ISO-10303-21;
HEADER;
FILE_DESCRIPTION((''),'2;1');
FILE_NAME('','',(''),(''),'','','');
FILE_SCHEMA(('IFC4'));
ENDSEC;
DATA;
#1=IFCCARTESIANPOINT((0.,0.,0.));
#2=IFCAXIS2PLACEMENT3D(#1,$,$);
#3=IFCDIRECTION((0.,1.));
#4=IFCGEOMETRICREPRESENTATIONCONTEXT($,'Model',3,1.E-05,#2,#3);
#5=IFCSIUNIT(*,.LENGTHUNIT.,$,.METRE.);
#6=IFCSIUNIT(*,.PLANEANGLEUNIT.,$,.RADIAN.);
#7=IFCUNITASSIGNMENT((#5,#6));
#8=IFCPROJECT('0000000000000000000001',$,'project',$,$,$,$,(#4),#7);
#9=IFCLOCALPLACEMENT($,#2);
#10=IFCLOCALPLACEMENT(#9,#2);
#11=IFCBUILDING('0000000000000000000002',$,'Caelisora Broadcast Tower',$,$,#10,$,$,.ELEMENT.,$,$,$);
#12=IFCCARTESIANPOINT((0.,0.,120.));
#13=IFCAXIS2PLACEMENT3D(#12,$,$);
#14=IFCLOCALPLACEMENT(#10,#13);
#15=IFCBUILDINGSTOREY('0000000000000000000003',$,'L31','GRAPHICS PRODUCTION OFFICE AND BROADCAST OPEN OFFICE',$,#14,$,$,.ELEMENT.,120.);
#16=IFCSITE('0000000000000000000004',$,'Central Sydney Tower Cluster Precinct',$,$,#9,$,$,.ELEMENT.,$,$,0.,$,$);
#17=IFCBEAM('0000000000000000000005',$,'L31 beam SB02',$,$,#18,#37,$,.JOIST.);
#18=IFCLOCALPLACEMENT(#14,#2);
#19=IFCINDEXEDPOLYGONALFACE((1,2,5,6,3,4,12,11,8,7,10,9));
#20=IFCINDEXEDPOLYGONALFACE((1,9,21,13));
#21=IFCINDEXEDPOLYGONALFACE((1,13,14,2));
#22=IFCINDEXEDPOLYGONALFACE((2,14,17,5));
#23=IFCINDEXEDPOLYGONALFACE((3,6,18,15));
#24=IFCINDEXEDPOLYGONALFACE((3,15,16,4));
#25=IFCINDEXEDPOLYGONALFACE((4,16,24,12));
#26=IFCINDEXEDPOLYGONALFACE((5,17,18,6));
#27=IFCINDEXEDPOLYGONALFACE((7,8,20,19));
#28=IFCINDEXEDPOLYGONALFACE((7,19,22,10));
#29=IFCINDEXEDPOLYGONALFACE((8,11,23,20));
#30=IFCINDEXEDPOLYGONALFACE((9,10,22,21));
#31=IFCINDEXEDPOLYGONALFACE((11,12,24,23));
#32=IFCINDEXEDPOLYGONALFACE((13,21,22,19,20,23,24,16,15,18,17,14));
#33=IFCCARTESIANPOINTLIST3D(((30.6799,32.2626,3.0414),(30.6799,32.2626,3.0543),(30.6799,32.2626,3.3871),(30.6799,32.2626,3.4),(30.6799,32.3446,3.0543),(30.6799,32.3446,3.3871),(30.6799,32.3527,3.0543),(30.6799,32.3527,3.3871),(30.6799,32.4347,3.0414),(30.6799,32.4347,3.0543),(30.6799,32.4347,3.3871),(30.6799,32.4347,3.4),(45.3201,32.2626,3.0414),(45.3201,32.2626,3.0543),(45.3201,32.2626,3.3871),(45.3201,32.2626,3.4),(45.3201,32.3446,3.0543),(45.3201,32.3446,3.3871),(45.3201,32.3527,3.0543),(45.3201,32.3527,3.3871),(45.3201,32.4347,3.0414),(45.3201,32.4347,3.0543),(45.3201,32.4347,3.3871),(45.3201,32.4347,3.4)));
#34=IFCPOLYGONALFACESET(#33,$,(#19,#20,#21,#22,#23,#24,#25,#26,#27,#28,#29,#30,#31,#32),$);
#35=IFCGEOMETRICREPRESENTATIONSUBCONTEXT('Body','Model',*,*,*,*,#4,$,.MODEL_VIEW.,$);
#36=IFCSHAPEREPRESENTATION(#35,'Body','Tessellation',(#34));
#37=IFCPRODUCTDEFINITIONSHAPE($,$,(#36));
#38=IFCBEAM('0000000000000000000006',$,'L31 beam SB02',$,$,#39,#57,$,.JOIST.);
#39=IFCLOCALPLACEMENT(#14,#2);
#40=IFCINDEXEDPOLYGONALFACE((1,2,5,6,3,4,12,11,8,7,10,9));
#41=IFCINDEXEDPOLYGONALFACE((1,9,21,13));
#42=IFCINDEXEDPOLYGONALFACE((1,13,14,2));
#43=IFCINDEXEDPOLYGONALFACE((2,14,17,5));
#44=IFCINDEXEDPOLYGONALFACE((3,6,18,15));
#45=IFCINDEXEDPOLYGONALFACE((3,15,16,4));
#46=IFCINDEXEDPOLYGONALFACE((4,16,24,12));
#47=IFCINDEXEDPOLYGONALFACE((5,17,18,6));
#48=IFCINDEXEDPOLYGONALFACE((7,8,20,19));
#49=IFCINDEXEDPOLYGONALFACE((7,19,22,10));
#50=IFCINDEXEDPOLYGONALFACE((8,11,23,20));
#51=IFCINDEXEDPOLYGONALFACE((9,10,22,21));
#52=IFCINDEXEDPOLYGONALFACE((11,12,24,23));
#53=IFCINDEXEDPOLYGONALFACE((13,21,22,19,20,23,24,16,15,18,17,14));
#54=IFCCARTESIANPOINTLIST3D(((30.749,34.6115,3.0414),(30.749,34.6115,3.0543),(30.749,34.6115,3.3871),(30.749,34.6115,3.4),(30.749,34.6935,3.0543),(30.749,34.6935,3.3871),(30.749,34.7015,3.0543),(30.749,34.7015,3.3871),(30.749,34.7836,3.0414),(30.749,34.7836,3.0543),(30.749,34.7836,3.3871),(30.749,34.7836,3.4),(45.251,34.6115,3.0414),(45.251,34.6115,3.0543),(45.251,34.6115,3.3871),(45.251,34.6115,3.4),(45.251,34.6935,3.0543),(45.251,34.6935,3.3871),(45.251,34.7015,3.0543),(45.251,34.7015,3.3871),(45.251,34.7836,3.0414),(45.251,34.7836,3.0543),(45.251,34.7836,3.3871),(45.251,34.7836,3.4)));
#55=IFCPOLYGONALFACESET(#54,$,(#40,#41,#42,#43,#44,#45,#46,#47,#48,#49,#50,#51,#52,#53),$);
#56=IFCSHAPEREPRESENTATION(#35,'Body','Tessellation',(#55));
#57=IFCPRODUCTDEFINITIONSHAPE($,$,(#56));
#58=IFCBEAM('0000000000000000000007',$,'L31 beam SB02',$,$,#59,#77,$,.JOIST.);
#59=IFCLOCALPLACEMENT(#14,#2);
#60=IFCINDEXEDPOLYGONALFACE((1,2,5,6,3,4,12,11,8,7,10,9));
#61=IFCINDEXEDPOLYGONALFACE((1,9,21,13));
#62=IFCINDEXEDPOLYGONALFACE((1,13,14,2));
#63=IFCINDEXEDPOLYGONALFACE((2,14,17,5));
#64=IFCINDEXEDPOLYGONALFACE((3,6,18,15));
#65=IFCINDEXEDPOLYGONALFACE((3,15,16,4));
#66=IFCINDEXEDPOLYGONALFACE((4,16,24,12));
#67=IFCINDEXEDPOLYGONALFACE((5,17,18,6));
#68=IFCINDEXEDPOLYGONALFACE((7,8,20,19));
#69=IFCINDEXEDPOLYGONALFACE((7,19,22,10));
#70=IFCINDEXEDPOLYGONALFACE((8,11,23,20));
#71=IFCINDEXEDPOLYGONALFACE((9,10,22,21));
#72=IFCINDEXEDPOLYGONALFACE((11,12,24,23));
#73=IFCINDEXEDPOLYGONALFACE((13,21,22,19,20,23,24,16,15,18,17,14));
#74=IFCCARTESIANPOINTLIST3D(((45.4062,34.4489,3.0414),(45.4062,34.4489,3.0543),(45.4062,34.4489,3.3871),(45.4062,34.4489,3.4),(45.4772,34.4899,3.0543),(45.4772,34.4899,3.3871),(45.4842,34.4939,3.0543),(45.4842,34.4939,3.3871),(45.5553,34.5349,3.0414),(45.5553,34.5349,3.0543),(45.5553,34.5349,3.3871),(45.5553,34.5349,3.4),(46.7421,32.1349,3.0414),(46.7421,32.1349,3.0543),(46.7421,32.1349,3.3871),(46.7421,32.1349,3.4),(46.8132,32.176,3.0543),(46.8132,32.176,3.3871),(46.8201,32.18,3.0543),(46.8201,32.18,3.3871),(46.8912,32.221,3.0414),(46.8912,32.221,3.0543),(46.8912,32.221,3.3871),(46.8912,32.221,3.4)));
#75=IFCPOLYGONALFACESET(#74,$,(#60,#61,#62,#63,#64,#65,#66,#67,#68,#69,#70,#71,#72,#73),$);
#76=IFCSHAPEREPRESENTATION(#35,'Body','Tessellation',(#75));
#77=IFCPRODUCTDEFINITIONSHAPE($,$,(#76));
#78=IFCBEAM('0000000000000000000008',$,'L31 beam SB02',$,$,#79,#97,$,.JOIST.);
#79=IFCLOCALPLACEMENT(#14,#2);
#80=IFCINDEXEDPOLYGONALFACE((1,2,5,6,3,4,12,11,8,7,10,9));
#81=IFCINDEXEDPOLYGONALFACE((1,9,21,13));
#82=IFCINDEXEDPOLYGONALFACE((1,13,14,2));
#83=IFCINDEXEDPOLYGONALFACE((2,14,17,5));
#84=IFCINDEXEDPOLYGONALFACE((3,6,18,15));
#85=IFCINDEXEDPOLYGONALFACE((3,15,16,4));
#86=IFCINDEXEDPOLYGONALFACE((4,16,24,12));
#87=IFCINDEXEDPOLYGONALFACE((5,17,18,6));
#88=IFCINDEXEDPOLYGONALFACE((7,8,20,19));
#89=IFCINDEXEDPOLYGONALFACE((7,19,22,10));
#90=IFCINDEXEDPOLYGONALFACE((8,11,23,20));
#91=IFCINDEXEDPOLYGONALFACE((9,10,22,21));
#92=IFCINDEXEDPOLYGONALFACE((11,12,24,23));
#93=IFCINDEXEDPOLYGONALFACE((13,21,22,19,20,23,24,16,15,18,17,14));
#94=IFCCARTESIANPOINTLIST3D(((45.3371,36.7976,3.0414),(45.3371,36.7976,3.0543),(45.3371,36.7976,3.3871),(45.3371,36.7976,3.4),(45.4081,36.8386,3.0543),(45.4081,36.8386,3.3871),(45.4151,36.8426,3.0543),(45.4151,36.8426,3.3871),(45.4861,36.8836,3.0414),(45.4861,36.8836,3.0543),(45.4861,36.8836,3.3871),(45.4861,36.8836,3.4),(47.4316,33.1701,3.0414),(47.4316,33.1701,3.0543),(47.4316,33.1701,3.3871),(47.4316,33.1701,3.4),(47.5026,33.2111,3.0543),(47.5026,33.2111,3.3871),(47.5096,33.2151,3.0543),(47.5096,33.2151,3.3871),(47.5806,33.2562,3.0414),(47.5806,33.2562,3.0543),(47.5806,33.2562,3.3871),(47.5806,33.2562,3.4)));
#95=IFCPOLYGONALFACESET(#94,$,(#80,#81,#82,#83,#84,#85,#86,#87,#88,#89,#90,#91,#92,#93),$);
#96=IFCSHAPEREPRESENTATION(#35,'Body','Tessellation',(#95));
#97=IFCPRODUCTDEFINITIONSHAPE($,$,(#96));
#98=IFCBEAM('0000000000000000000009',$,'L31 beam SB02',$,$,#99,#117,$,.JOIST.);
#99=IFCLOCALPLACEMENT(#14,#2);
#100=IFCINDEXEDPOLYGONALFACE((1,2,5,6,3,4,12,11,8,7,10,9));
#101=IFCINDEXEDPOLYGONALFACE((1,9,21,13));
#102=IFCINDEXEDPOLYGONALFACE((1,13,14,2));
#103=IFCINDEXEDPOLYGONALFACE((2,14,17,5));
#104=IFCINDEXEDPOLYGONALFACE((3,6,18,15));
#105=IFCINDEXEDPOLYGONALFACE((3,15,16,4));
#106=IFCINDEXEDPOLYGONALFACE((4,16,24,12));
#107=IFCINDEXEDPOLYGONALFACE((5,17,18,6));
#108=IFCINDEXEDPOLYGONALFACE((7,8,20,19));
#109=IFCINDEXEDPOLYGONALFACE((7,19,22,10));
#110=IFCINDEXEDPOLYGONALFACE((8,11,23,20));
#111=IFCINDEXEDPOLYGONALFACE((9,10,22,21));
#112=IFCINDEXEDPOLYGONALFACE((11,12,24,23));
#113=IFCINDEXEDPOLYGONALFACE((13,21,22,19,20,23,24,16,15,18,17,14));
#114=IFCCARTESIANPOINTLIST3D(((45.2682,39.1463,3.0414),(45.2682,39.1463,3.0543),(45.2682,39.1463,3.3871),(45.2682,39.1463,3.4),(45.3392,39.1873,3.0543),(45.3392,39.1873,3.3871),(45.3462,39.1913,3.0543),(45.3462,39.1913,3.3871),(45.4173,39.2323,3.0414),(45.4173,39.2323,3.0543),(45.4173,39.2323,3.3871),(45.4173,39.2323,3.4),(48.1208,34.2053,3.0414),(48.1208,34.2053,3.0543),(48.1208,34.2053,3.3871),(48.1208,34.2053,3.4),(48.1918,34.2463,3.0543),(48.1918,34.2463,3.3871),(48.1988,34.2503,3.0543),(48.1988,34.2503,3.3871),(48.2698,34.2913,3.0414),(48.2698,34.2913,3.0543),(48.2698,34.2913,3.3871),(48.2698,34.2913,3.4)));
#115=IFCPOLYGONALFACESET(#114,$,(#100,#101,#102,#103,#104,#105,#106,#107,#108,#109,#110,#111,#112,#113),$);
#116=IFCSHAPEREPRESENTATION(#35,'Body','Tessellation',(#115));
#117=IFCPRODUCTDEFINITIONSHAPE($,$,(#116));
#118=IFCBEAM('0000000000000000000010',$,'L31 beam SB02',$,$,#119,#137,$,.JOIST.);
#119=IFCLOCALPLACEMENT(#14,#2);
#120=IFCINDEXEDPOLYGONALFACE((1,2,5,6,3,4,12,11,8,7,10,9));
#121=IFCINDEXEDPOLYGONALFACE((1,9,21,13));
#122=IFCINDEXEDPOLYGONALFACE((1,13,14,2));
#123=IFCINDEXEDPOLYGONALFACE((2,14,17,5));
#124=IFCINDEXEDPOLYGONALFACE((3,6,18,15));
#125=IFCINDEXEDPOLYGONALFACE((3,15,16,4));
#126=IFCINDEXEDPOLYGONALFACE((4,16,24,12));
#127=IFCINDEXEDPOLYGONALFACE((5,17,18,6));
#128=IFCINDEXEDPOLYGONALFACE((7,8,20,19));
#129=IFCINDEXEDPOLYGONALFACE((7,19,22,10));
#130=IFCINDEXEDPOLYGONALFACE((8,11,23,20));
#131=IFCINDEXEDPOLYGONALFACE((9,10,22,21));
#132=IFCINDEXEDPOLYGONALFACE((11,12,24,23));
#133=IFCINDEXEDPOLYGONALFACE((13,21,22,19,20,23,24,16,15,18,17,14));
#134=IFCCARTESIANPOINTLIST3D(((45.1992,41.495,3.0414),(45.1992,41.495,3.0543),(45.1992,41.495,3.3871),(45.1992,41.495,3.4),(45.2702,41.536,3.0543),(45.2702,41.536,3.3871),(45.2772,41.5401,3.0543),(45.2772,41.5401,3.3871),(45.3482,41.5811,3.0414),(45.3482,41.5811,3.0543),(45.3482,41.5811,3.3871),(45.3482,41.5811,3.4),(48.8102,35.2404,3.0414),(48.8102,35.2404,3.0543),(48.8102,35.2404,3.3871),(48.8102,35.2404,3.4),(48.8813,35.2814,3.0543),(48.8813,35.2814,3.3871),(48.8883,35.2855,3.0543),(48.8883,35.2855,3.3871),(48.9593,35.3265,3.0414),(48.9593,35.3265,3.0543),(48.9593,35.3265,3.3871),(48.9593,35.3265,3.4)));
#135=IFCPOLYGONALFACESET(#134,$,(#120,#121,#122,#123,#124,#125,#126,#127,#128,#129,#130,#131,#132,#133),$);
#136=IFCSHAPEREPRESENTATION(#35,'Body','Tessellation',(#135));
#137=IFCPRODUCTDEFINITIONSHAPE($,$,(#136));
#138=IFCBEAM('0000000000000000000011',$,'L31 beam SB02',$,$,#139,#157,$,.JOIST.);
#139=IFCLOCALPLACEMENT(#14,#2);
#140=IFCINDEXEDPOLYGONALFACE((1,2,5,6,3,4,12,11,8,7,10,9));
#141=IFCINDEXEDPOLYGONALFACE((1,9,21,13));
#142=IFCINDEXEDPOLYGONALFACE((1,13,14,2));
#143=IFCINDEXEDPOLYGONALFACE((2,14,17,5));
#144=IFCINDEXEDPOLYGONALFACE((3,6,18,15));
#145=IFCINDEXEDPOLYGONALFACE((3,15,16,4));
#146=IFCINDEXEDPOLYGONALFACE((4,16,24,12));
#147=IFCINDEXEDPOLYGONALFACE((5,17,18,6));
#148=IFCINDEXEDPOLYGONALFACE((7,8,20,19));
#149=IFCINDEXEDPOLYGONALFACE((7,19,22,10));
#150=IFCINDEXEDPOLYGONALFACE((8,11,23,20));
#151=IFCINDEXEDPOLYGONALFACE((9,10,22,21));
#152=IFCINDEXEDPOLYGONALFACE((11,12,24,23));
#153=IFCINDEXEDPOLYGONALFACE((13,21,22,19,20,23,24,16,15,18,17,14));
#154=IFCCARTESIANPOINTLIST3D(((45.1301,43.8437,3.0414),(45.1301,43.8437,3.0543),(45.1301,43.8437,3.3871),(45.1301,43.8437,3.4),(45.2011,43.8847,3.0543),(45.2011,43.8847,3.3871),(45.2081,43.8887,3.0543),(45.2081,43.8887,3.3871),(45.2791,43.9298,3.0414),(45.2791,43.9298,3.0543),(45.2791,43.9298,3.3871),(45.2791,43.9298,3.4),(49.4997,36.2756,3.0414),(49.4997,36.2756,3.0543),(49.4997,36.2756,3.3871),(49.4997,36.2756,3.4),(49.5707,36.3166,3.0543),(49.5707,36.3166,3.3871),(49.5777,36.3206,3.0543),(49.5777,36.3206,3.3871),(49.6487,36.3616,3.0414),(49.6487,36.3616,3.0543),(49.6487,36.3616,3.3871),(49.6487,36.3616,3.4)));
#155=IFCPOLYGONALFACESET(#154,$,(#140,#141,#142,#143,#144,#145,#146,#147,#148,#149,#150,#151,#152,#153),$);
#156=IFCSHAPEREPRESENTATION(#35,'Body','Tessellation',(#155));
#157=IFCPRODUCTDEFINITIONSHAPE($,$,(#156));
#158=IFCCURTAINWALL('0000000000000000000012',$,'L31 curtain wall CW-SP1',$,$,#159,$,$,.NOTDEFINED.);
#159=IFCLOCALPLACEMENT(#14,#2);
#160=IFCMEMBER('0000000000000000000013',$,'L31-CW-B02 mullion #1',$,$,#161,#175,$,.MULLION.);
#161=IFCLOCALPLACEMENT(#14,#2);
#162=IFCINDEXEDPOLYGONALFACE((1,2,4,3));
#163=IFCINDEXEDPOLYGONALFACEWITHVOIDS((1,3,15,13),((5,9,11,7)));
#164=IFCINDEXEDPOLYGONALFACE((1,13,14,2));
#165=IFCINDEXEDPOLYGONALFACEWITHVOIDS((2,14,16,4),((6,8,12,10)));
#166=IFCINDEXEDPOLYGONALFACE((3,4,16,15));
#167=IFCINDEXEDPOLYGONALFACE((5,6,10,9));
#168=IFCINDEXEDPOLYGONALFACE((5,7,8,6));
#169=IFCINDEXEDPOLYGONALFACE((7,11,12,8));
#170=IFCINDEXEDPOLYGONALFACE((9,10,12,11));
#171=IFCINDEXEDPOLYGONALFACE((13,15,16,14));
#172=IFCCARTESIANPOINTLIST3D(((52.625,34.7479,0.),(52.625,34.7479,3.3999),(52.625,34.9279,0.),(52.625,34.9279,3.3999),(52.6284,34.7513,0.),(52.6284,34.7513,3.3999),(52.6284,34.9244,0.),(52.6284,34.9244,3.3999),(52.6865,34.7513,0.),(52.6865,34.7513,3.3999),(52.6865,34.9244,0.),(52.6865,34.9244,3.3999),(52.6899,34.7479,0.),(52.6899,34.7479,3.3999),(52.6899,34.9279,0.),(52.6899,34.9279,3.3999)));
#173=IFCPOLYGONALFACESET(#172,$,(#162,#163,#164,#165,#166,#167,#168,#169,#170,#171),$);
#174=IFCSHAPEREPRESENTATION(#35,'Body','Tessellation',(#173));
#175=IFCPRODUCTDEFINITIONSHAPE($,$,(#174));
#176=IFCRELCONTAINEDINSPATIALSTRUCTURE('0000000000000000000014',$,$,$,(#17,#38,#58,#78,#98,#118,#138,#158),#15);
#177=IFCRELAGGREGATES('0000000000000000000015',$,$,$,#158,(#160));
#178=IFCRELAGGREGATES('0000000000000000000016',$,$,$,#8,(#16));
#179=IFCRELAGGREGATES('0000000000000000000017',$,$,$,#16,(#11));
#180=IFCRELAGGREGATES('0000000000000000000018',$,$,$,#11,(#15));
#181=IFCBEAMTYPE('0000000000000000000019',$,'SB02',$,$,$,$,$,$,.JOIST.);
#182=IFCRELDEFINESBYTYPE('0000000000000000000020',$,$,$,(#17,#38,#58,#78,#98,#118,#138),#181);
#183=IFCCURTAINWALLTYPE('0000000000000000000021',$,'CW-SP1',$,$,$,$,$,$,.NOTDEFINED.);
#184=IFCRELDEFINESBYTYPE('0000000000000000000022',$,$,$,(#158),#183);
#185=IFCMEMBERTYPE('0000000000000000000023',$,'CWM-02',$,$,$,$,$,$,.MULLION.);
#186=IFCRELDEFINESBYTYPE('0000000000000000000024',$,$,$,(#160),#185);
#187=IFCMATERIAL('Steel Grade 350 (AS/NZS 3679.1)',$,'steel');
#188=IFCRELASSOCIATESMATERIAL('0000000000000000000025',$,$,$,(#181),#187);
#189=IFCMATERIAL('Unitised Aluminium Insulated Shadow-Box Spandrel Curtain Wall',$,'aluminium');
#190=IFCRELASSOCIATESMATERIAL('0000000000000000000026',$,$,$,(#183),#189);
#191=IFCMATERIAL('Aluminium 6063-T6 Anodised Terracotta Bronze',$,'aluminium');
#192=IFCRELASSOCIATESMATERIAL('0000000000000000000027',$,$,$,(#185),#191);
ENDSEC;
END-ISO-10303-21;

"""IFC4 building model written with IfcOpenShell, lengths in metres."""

from ifc_helpers import new_model, si_unit, direction, frame, origin, origin_2d, place, context, subcontext, project, spatial, hollow_rectangle, i_section, extrude, source, transform, mapped, material, material_profile, profile_set, type_object, type_shapes, element, aggregate, save


model = new_model("IFC4")

# Units and contexts
model_context = context("Model", 3, precision=1e-05, world=origin(), true_north=direction((0.0, 1.0)))
body_context = subcontext(model_context, "Body", "Model", "MODEL_VIEW")
ifc_project = project(units=[si_unit("LENGTHUNIT", "METRE"), si_unit("PLANEANGLEUNIT", "RADIAN")], contexts=[model_context])

# Site, building, storey
site_placement = place(None, origin())
site = spatial("IfcSite", under=ifc_project, at=site_placement, Name="Central Sydney Tower Cluster Precinct", CompositionType="ELEMENT", RefElevation=0.0)
building_placement = place(site_placement, origin())
building = spatial("IfcBuilding", under=site, at=building_placement, Name="Caelisora Broadcast Tower", CompositionType="ELEMENT")
storey_placement = place(building_placement, frame((0.0, 0.0, 120.0)))
storey = spatial("IfcBuildingStorey", under=building, at=storey_placement, Name="L31", Description="GRAPHICS PRODUCTION OFFICE AND BROADCAST OPEN OFFICE", CompositionType="ELEMENT", Elevation=120.0)

# Beams
ifc_material_1 = material(Name="Steel Grade 350 (AS/NZS 3679.1)", Category="steel")
ifc_material_profile_1 = material_profile(ifc_material_1, i_section(OverallWidth=0.1721, OverallDepth=0.3586, WebThickness=0.0081, FlangeThickness=0.0129, at=origin_2d()), Name="Steel Grade 350 (AS/NZS 3679.1)")
ifc_profile_set_1 = profile_set([ifc_material_profile_1], Name="Steel Grade 350 (AS/NZS 3679.1)")
beam_type = type_object("IfcBeamType", Name="SB02", PredefinedType="JOIST", material=ifc_profile_set_1)
shared_shape_1 = source(origin(), body_context, "Body", "SweptSolid", [
    extrude(i_section(OverallWidth=0.1721, OverallDepth=0.3586, WebThickness=0.0081, FlangeThickness=0.0129, at=origin_2d()), origin(), (0.0, 0.0, 1.0), 14.6401),
])
beam_1_placement = place(storey_placement, frame((45.3201, 32.3486, 3.2207), z_axis=(-1.0, 0.0, 0.0), x_axis=(0.0, -1.0, 0.0)))
element("IfcBeam", 1, at=beam_1_placement, inside=storey, type_object=beam_type, Name="L31 beam SB02", PredefinedType="JOIST", context=body_context, shape_type="MappedRepresentation", body=[
    mapped(shared_shape_1, transform((0.0, 0.0, 0.0), scale=1.0)),
])
shared_shape_2 = source(origin(), body_context, "Body", "SweptSolid", [
    extrude(i_section(OverallWidth=0.1721, OverallDepth=0.3586, WebThickness=0.0081, FlangeThickness=0.0129, at=origin_2d()), origin(), (0.0, 0.0, 1.0), 14.502),
])
beam_2_placement = place(storey_placement, frame((45.251, 34.6975, 3.2207), z_axis=(-1.0, 0.0, 0.0), x_axis=(0.0, -1.0, 0.0)))
element("IfcBeam", 2, at=beam_2_placement, inside=storey, type_object=beam_type, Name="L31 beam SB02", PredefinedType="JOIST", context=body_context, shape_type="MappedRepresentation", body=[
    mapped(shared_shape_2, transform((0.0, 0.0, 0.0), scale=1.0)),
])
shared_shape_3 = source(origin(), body_context, "Body", "SweptSolid", [
    extrude(i_section(OverallWidth=0.1721, OverallDepth=0.3586, WebThickness=0.0081, FlangeThickness=0.0129, at=origin_2d()), origin(), (0.0, 0.0, 1.0), 2.6719),
])
beam_3_placement = place(storey_placement, frame((46.8167, 32.178, 3.2207), z_axis=(-0.499991, 0.86603, 0.0), x_axis=(-0.86603, -0.499991, 0.0)))
element("IfcBeam", 3, at=beam_3_placement, inside=storey, type_object=beam_type, Name="L31 beam SB02", PredefinedType="JOIST", context=body_context, shape_type="MappedRepresentation", body=[
    mapped(shared_shape_3, transform((0.0, 0.0, 0.0), scale=1.0)),
])
shared_shape_4 = source(origin(), body_context, "Body", "SweptSolid", [
    extrude(i_section(OverallWidth=0.1721, OverallDepth=0.3586, WebThickness=0.0081, FlangeThickness=0.0129, at=origin_2d()), origin(), (0.0, 0.0, 1.0), 4.1887),
])
beam_4_placement = place(storey_placement, frame((47.5061, 33.2131, 3.2207), z_axis=(-0.500032, 0.866007, 0.0), x_axis=(-0.866007, -0.500032, 0.0)))
element("IfcBeam", 4, at=beam_4_placement, inside=storey, type_object=beam_type, Name="L31 beam SB02", PredefinedType="JOIST", context=body_context, shape_type="MappedRepresentation", body=[
    mapped(shared_shape_4, transform((0.0, 0.0, 0.0), scale=1.0)),
])
shared_shape_5 = source(origin(), body_context, "Body", "SweptSolid", [
    extrude(i_section(OverallWidth=0.1721, OverallDepth=0.3586, WebThickness=0.0081, FlangeThickness=0.0129, at=origin_2d()), origin(), (0.0, 0.0, 1.0), 5.7053),
])
beam_5_placement = place(storey_placement, frame((48.1953, 34.2483, 3.2207), z_axis=(-0.499987, 0.866033, 0.0), x_axis=(-0.866033, -0.499987, 0.0)))
element("IfcBeam", 5, at=beam_5_placement, inside=storey, type_object=beam_type, Name="L31 beam SB02", PredefinedType="JOIST", context=body_context, shape_type="MappedRepresentation", body=[
    mapped(shared_shape_5, transform((0.0, 0.0, 0.0), scale=1.0)),
])
shared_shape_6 = source(origin(), body_context, "Body", "SweptSolid", [
    extrude(i_section(OverallWidth=0.1721, OverallDepth=0.3586, WebThickness=0.0081, FlangeThickness=0.0129, at=origin_2d()), origin(), (0.0, 0.0, 1.0), 7.2222),
])
beam_6_placement = place(storey_placement, frame((48.8848, 35.2834, 3.2207), z_axis=(-0.499997, 0.866027, 0.0), x_axis=(-0.866027, -0.499997, 0.0)))
element("IfcBeam", 6, at=beam_6_placement, inside=storey, type_object=beam_type, Name="L31 beam SB02", PredefinedType="JOIST", context=body_context, shape_type="MappedRepresentation", body=[
    mapped(shared_shape_6, transform((0.0, 0.0, 0.0), scale=1.0)),
])
shared_shape_7 = source(origin(), body_context, "Body", "SweptSolid", [
    extrude(i_section(OverallWidth=0.1721, OverallDepth=0.3586, WebThickness=0.0081, FlangeThickness=0.0129, at=origin_2d()), origin(), (0.0, 0.0, 1.0), 8.739),
])
type_shapes(beam_type, [shared_shape_1, shared_shape_2, shared_shape_3, shared_shape_4, shared_shape_5, shared_shape_6, shared_shape_7])
beam_7_placement = place(storey_placement, frame((49.5742, 36.3186, 3.2207), z_axis=(-0.500015, 0.866017, 0.0), x_axis=(-0.866017, -0.500015, 0.0)))
element("IfcBeam", 7, at=beam_7_placement, inside=storey, type_object=beam_type, Name="L31 beam SB02", PredefinedType="JOIST", context=body_context, shape_type="MappedRepresentation", body=[
    mapped(shared_shape_7, transform((0.0, 0.0, 0.0), scale=1.0)),
])

# Curtain wall, member
ifc_material_2 = material(Name="Unitised Aluminium Insulated Shadow-Box Spandrel Curtain Wall", Category="aluminium")
curtain_wall_type = type_object("IfcCurtainWallType", Name="CW-SP1", PredefinedType="NOTDEFINED", material=ifc_material_2)
curtain_wall_placement = place(storey_placement, origin())
curtain_wall = element("IfcCurtainWall", 8, at=curtain_wall_placement, inside=storey, type_object=curtain_wall_type, Name="L31 curtain wall CW-SP1", PredefinedType="NOTDEFINED")
ifc_material_3 = material(Name="Aluminium 6063-T6 Anodised Terracotta Bronze", Category="aluminium")
ifc_material_profile_2 = material_profile(ifc_material_3, hollow_rectangle(XDim=0.0649, YDim=0.1799, WallThickness=0.0034, at=origin_2d()), Name="Aluminium 6063-T6 Anodised Terracotta Bronze")
ifc_profile_set_2 = profile_set([ifc_material_profile_2], Name="Aluminium 6063-T6 Anodised Terracotta Bronze")
member_type = type_object("IfcMemberType", Name="CWM-02", PredefinedType="MULLION", material=ifc_profile_set_2)
shared_shape_8 = source(origin(), body_context, "Body", "SweptSolid", [
    extrude(hollow_rectangle(XDim=0.0649, YDim=0.1799, WallThickness=0.0034, at=origin_2d()), origin(), (0.0, 0.0, 1.0), 3.3999),
])
type_shapes(member_type, [shared_shape_8])
member_1_placement = place(storey_placement, frame((52.6575, 34.8379, 0.0), z_axis=(0.0, 0.0, 1.0), x_axis=(1.0, 0.0, 0.0)))
member_1 = element("IfcMember", 9, at=member_1_placement, type_object=member_type, Name="L31-CW-B02 mullion #1", PredefinedType="MULLION", context=body_context, shape_type="MappedRepresentation", body=[
    mapped(shared_shape_8, transform((0.0, 0.0, 0.0), scale=1.0)),
])
aggregate(curtain_wall, [member_1])

save(model, "model.ifc")
